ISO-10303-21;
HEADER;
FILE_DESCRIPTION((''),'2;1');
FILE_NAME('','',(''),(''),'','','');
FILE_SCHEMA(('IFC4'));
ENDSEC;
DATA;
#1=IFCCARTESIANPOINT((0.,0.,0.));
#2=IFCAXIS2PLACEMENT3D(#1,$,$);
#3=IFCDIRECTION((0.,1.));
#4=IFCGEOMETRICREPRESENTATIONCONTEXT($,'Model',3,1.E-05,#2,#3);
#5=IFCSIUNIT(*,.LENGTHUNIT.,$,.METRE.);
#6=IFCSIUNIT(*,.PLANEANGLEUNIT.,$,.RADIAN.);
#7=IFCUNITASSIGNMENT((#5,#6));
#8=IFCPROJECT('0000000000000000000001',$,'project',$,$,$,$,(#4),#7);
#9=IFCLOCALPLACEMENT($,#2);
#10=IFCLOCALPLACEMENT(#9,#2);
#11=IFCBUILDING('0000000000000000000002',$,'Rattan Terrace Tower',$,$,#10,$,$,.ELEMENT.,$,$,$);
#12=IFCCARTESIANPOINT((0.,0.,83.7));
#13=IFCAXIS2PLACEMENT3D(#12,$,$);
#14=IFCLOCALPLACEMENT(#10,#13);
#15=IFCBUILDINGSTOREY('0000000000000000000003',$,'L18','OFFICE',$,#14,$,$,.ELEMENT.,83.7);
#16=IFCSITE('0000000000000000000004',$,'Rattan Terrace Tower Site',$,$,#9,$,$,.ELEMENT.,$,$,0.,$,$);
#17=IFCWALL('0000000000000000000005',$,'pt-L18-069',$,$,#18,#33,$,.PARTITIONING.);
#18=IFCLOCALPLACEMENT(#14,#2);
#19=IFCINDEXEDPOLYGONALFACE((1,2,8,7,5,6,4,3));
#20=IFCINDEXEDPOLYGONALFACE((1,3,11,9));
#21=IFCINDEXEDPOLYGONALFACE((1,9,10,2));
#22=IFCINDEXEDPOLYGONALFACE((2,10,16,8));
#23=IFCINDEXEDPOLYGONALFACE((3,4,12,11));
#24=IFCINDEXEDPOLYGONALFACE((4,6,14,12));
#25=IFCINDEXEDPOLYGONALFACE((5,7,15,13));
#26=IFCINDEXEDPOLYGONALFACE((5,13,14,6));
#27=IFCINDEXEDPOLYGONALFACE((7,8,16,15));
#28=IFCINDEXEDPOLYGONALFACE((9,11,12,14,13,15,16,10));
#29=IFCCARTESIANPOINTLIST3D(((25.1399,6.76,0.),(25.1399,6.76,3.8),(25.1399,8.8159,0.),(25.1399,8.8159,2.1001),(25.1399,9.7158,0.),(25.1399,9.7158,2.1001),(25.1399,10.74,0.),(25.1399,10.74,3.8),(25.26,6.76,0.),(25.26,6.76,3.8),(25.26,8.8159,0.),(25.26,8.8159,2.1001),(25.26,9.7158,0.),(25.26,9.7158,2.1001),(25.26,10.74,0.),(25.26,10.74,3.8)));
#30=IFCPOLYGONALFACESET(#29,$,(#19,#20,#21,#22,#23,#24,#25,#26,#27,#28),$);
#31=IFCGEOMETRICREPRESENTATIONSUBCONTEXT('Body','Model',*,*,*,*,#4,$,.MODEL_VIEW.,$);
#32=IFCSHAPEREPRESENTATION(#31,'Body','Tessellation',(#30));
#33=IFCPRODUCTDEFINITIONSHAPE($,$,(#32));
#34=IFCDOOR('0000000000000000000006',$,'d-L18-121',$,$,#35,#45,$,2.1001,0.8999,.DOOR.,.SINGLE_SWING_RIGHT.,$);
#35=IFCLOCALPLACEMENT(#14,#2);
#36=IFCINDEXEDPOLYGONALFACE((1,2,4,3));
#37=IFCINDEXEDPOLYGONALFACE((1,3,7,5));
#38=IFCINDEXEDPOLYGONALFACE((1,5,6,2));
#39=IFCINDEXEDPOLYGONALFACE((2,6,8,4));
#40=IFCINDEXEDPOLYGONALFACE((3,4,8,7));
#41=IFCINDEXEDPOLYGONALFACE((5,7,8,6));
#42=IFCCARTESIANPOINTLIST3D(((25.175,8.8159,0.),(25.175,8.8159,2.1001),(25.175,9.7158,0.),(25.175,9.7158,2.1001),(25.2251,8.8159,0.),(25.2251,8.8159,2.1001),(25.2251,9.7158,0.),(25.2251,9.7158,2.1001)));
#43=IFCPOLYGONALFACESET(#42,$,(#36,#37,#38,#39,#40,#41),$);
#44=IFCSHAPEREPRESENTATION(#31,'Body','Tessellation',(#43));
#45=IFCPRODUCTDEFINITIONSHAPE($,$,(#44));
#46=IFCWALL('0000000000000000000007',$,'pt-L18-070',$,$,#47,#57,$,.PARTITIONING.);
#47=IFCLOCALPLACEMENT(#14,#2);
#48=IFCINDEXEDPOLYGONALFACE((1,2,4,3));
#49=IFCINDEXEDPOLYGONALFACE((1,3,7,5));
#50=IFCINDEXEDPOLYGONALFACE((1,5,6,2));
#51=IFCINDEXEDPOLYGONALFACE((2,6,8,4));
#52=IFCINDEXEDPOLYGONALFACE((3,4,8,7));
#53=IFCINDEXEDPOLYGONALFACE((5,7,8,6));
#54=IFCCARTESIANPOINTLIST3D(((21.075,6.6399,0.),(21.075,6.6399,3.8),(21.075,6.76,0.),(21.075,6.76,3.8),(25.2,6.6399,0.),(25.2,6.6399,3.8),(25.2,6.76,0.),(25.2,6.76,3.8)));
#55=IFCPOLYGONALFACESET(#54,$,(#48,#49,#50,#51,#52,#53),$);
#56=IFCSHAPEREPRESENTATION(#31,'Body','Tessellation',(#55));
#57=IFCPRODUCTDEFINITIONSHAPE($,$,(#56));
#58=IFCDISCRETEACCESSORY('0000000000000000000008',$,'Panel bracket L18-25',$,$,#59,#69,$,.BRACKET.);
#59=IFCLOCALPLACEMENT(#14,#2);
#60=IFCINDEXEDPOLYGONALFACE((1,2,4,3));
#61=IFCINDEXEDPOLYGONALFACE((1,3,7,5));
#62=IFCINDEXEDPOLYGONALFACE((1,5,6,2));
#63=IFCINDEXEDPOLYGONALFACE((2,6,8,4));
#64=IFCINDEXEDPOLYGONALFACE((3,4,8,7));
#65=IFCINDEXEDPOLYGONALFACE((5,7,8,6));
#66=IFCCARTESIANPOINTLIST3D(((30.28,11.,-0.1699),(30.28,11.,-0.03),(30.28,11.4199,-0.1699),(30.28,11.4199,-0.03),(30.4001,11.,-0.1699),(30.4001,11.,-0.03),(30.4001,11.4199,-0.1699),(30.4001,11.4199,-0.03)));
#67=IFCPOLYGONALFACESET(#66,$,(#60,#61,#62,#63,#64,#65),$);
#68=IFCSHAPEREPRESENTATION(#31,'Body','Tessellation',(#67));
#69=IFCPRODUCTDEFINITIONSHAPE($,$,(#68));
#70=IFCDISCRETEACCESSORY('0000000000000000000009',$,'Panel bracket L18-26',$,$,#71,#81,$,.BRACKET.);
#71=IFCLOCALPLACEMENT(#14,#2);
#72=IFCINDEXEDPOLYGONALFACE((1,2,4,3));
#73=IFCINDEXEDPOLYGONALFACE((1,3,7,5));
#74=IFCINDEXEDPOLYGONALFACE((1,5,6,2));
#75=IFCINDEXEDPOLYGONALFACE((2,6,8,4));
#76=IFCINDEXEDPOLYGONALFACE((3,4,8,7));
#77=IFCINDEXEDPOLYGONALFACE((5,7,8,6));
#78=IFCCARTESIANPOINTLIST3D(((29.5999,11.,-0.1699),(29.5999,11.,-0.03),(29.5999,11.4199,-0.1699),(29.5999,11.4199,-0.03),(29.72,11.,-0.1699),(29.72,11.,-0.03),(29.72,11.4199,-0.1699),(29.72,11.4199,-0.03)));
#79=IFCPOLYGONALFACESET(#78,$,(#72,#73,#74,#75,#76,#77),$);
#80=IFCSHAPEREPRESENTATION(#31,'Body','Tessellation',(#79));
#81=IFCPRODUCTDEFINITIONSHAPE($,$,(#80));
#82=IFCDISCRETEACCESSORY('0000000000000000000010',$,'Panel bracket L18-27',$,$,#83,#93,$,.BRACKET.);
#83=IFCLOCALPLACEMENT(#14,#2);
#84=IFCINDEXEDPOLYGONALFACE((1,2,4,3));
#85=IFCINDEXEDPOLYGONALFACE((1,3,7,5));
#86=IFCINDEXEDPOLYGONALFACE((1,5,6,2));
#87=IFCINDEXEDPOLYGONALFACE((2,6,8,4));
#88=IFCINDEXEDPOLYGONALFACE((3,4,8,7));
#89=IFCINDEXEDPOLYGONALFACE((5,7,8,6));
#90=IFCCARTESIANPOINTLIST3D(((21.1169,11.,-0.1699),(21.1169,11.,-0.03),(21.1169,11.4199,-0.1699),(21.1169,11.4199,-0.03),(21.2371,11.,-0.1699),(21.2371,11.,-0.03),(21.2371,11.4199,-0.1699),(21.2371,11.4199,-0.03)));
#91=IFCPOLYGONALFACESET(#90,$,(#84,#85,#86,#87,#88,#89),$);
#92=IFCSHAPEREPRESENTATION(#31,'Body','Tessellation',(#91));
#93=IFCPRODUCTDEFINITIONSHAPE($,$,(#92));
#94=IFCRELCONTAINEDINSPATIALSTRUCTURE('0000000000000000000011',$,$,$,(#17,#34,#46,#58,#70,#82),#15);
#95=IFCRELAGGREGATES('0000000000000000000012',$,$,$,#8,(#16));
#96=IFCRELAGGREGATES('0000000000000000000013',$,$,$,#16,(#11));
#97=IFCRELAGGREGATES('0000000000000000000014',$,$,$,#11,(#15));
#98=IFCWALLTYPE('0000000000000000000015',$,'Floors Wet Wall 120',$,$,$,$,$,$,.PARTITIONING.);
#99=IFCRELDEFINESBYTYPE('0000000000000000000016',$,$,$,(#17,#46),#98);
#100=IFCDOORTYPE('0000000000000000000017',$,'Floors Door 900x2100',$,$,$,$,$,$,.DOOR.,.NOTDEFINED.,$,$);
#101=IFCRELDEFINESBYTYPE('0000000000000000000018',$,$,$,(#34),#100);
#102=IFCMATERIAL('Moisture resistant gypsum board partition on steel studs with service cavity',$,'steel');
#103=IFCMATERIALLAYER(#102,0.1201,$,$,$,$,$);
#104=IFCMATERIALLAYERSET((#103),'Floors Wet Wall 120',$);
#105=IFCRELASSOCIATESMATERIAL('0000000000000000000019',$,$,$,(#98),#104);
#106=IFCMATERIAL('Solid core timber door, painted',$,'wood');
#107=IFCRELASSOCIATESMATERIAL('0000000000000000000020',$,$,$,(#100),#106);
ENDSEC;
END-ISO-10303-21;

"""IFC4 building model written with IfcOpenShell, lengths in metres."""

from ifc_helpers import new_model, si_unit, direction, frame, frame_2d, origin, origin_2d, place, context, subcontext, project, spatial, rectangle, extrude, material, layer, layer_set, type_object, element, fill, save


model = new_model("IFC4")

# Units and contexts
model_context = context("Model", 3, precision=1e-05, world=origin(), true_north=direction((0.0, 1.0)))
body_context = subcontext(model_context, "Body", "Model", "MODEL_VIEW")
ifc_project = project(units=[si_unit("LENGTHUNIT", "METRE"), si_unit("PLANEANGLEUNIT", "RADIAN")], contexts=[model_context])

# Site, building, storey
site_placement = place(None, origin())
site = spatial("IfcSite", under=ifc_project, at=site_placement, Name="Rattan Terrace Tower Site", CompositionType="ELEMENT", RefElevation=0.0)
building_placement = place(site_placement, origin())
building = spatial("IfcBuilding", under=site, at=building_placement, Name="Rattan Terrace Tower", CompositionType="ELEMENT")
storey_placement = place(building_placement, frame((0.0, 0.0, 83.7)))
storey = spatial("IfcBuildingStorey", under=building, at=storey_placement, Name="L18", Description="OFFICE", CompositionType="ELEMENT", Elevation=83.7)

# Wall, opening, door
ifc_material_1 = material(Name="Moisture resistant gypsum board partition on steel studs with service cavity", Category="steel")
ifc_layer_1 = layer(ifc_material_1, 0.1201)
ifc_layer_set_1 = layer_set([ifc_layer_1], Name="Floors Wet Wall 120")
wall_type_1 = type_object("IfcWallType", Name="Floors Wet Wall 120", PredefinedType="PARTITIONING", material=ifc_layer_set_1)
wall_1_placement = place(storey_placement, frame((25.2, 6.76, 0.0), z_axis=(0.0, 0.0, 1.0), x_axis=(0.0, 1.0, 0.0)))
wall_1 = element("IfcWall", 1, at=wall_1_placement, inside=storey, type_object=wall_type_1, Name="pt-L18-069", PredefinedType="PARTITIONING", context=body_context, shape_type="SweptSolid", body=[
    extrude(rectangle(XDim=3.98, YDim=0.1201, at=frame_2d((1.99, 0.0))), origin(), (0.0, 0.0, 1.0), 3.8),
])
opening_1_placement = place(wall_1_placement, frame((2.0559, 0.0, 0.0)))
opening_1 = element("IfcOpeningElement", 2, at=opening_1_placement, cuts=wall_1, PredefinedType="OPENING", context=body_context, shape_type="SweptSolid", body=[
    extrude(rectangle(XDim=0.8999, YDim=2.1001, at=frame_2d((0.45, 1.05))), frame((0.0, 0.0706, 0.0), z_axis=(0.0, -1.0, 0.0), x_axis=(1.0, 0.0, 0.0)), (0.0, 0.0, 1.0), 0.1411),
])
ifc_material_2 = material(Name="Solid core timber door, painted", Category="wood")
door_type_1 = type_object("IfcDoorType", Name="Floors Door 900x2100", OperationType="NOTDEFINED", PredefinedType="DOOR", material=ifc_material_2)
door_1_placement = place(opening_1_placement, origin())
door_1 = element("IfcDoor", 3, at=door_1_placement, inside=storey, type_object=door_type_1, Name="d-L18-121", OperationType="SINGLE_SWING_RIGHT", OverallHeight=2.1001, OverallWidth=0.8999, PredefinedType="DOOR", context=body_context, shape_type="SweptSolid", body=[
    extrude(rectangle(XDim=0.8999, YDim=2.1001, at=frame_2d((0.45, 1.05))), frame((0.0, 0.0249, 0.0), z_axis=(0.0, -1.0, 0.0), x_axis=(1.0, 0.0, 0.0)), (0.0, 0.0, 1.0), 0.05),
])
fill(opening_1, door_1)

# Wall
wall_2_placement = place(storey_placement, frame((21.075, 6.7, 0.0), z_axis=(0.0, 0.0, 1.0), x_axis=(1.0, 0.0, 0.0)))
element("IfcWall", 4, at=wall_2_placement, inside=storey, type_object=wall_type_1, Name="pt-L18-070", PredefinedType="PARTITIONING", context=body_context, shape_type="SweptSolid", body=[
    extrude(rectangle(XDim=4.125, YDim=0.1201, at=frame_2d((2.0625, 0.0))), origin(), (0.0, 0.0, 1.0), 3.8),
])

# Discrete accessories
for number, where, z_axis, x_axis, name in (
    (5, (30.3401, 11.21, -0.1699), (0.0, 0.0, 1.0), (-1.0, 0.0, 0.0), "Panel bracket L18-25"),
    (6, (29.6599, 11.21, -0.1699), (0.0, 0.0, 1.0), (-1.0, 0.0, 0.0), "Panel bracket L18-26"),
    (7, (21.177, 11.21, -0.1699), (0.0, 0.0, 1.0), (-1.0, 0.0, 0.0), "Panel bracket L18-27"),
):
    element("IfcDiscreteAccessory", number, at=place(storey_placement, frame(where, z_axis=z_axis, x_axis=x_axis)), inside=storey, Name=name, PredefinedType="BRACKET", context=body_context, shape_type="SweptSolid", body=[
        extrude(rectangle(XDim=0.1201, YDim=0.4199, at=origin_2d()), origin(), (0.0, 0.0, 1.0), 0.1399),
    ])

save(model, "model.ifc")
